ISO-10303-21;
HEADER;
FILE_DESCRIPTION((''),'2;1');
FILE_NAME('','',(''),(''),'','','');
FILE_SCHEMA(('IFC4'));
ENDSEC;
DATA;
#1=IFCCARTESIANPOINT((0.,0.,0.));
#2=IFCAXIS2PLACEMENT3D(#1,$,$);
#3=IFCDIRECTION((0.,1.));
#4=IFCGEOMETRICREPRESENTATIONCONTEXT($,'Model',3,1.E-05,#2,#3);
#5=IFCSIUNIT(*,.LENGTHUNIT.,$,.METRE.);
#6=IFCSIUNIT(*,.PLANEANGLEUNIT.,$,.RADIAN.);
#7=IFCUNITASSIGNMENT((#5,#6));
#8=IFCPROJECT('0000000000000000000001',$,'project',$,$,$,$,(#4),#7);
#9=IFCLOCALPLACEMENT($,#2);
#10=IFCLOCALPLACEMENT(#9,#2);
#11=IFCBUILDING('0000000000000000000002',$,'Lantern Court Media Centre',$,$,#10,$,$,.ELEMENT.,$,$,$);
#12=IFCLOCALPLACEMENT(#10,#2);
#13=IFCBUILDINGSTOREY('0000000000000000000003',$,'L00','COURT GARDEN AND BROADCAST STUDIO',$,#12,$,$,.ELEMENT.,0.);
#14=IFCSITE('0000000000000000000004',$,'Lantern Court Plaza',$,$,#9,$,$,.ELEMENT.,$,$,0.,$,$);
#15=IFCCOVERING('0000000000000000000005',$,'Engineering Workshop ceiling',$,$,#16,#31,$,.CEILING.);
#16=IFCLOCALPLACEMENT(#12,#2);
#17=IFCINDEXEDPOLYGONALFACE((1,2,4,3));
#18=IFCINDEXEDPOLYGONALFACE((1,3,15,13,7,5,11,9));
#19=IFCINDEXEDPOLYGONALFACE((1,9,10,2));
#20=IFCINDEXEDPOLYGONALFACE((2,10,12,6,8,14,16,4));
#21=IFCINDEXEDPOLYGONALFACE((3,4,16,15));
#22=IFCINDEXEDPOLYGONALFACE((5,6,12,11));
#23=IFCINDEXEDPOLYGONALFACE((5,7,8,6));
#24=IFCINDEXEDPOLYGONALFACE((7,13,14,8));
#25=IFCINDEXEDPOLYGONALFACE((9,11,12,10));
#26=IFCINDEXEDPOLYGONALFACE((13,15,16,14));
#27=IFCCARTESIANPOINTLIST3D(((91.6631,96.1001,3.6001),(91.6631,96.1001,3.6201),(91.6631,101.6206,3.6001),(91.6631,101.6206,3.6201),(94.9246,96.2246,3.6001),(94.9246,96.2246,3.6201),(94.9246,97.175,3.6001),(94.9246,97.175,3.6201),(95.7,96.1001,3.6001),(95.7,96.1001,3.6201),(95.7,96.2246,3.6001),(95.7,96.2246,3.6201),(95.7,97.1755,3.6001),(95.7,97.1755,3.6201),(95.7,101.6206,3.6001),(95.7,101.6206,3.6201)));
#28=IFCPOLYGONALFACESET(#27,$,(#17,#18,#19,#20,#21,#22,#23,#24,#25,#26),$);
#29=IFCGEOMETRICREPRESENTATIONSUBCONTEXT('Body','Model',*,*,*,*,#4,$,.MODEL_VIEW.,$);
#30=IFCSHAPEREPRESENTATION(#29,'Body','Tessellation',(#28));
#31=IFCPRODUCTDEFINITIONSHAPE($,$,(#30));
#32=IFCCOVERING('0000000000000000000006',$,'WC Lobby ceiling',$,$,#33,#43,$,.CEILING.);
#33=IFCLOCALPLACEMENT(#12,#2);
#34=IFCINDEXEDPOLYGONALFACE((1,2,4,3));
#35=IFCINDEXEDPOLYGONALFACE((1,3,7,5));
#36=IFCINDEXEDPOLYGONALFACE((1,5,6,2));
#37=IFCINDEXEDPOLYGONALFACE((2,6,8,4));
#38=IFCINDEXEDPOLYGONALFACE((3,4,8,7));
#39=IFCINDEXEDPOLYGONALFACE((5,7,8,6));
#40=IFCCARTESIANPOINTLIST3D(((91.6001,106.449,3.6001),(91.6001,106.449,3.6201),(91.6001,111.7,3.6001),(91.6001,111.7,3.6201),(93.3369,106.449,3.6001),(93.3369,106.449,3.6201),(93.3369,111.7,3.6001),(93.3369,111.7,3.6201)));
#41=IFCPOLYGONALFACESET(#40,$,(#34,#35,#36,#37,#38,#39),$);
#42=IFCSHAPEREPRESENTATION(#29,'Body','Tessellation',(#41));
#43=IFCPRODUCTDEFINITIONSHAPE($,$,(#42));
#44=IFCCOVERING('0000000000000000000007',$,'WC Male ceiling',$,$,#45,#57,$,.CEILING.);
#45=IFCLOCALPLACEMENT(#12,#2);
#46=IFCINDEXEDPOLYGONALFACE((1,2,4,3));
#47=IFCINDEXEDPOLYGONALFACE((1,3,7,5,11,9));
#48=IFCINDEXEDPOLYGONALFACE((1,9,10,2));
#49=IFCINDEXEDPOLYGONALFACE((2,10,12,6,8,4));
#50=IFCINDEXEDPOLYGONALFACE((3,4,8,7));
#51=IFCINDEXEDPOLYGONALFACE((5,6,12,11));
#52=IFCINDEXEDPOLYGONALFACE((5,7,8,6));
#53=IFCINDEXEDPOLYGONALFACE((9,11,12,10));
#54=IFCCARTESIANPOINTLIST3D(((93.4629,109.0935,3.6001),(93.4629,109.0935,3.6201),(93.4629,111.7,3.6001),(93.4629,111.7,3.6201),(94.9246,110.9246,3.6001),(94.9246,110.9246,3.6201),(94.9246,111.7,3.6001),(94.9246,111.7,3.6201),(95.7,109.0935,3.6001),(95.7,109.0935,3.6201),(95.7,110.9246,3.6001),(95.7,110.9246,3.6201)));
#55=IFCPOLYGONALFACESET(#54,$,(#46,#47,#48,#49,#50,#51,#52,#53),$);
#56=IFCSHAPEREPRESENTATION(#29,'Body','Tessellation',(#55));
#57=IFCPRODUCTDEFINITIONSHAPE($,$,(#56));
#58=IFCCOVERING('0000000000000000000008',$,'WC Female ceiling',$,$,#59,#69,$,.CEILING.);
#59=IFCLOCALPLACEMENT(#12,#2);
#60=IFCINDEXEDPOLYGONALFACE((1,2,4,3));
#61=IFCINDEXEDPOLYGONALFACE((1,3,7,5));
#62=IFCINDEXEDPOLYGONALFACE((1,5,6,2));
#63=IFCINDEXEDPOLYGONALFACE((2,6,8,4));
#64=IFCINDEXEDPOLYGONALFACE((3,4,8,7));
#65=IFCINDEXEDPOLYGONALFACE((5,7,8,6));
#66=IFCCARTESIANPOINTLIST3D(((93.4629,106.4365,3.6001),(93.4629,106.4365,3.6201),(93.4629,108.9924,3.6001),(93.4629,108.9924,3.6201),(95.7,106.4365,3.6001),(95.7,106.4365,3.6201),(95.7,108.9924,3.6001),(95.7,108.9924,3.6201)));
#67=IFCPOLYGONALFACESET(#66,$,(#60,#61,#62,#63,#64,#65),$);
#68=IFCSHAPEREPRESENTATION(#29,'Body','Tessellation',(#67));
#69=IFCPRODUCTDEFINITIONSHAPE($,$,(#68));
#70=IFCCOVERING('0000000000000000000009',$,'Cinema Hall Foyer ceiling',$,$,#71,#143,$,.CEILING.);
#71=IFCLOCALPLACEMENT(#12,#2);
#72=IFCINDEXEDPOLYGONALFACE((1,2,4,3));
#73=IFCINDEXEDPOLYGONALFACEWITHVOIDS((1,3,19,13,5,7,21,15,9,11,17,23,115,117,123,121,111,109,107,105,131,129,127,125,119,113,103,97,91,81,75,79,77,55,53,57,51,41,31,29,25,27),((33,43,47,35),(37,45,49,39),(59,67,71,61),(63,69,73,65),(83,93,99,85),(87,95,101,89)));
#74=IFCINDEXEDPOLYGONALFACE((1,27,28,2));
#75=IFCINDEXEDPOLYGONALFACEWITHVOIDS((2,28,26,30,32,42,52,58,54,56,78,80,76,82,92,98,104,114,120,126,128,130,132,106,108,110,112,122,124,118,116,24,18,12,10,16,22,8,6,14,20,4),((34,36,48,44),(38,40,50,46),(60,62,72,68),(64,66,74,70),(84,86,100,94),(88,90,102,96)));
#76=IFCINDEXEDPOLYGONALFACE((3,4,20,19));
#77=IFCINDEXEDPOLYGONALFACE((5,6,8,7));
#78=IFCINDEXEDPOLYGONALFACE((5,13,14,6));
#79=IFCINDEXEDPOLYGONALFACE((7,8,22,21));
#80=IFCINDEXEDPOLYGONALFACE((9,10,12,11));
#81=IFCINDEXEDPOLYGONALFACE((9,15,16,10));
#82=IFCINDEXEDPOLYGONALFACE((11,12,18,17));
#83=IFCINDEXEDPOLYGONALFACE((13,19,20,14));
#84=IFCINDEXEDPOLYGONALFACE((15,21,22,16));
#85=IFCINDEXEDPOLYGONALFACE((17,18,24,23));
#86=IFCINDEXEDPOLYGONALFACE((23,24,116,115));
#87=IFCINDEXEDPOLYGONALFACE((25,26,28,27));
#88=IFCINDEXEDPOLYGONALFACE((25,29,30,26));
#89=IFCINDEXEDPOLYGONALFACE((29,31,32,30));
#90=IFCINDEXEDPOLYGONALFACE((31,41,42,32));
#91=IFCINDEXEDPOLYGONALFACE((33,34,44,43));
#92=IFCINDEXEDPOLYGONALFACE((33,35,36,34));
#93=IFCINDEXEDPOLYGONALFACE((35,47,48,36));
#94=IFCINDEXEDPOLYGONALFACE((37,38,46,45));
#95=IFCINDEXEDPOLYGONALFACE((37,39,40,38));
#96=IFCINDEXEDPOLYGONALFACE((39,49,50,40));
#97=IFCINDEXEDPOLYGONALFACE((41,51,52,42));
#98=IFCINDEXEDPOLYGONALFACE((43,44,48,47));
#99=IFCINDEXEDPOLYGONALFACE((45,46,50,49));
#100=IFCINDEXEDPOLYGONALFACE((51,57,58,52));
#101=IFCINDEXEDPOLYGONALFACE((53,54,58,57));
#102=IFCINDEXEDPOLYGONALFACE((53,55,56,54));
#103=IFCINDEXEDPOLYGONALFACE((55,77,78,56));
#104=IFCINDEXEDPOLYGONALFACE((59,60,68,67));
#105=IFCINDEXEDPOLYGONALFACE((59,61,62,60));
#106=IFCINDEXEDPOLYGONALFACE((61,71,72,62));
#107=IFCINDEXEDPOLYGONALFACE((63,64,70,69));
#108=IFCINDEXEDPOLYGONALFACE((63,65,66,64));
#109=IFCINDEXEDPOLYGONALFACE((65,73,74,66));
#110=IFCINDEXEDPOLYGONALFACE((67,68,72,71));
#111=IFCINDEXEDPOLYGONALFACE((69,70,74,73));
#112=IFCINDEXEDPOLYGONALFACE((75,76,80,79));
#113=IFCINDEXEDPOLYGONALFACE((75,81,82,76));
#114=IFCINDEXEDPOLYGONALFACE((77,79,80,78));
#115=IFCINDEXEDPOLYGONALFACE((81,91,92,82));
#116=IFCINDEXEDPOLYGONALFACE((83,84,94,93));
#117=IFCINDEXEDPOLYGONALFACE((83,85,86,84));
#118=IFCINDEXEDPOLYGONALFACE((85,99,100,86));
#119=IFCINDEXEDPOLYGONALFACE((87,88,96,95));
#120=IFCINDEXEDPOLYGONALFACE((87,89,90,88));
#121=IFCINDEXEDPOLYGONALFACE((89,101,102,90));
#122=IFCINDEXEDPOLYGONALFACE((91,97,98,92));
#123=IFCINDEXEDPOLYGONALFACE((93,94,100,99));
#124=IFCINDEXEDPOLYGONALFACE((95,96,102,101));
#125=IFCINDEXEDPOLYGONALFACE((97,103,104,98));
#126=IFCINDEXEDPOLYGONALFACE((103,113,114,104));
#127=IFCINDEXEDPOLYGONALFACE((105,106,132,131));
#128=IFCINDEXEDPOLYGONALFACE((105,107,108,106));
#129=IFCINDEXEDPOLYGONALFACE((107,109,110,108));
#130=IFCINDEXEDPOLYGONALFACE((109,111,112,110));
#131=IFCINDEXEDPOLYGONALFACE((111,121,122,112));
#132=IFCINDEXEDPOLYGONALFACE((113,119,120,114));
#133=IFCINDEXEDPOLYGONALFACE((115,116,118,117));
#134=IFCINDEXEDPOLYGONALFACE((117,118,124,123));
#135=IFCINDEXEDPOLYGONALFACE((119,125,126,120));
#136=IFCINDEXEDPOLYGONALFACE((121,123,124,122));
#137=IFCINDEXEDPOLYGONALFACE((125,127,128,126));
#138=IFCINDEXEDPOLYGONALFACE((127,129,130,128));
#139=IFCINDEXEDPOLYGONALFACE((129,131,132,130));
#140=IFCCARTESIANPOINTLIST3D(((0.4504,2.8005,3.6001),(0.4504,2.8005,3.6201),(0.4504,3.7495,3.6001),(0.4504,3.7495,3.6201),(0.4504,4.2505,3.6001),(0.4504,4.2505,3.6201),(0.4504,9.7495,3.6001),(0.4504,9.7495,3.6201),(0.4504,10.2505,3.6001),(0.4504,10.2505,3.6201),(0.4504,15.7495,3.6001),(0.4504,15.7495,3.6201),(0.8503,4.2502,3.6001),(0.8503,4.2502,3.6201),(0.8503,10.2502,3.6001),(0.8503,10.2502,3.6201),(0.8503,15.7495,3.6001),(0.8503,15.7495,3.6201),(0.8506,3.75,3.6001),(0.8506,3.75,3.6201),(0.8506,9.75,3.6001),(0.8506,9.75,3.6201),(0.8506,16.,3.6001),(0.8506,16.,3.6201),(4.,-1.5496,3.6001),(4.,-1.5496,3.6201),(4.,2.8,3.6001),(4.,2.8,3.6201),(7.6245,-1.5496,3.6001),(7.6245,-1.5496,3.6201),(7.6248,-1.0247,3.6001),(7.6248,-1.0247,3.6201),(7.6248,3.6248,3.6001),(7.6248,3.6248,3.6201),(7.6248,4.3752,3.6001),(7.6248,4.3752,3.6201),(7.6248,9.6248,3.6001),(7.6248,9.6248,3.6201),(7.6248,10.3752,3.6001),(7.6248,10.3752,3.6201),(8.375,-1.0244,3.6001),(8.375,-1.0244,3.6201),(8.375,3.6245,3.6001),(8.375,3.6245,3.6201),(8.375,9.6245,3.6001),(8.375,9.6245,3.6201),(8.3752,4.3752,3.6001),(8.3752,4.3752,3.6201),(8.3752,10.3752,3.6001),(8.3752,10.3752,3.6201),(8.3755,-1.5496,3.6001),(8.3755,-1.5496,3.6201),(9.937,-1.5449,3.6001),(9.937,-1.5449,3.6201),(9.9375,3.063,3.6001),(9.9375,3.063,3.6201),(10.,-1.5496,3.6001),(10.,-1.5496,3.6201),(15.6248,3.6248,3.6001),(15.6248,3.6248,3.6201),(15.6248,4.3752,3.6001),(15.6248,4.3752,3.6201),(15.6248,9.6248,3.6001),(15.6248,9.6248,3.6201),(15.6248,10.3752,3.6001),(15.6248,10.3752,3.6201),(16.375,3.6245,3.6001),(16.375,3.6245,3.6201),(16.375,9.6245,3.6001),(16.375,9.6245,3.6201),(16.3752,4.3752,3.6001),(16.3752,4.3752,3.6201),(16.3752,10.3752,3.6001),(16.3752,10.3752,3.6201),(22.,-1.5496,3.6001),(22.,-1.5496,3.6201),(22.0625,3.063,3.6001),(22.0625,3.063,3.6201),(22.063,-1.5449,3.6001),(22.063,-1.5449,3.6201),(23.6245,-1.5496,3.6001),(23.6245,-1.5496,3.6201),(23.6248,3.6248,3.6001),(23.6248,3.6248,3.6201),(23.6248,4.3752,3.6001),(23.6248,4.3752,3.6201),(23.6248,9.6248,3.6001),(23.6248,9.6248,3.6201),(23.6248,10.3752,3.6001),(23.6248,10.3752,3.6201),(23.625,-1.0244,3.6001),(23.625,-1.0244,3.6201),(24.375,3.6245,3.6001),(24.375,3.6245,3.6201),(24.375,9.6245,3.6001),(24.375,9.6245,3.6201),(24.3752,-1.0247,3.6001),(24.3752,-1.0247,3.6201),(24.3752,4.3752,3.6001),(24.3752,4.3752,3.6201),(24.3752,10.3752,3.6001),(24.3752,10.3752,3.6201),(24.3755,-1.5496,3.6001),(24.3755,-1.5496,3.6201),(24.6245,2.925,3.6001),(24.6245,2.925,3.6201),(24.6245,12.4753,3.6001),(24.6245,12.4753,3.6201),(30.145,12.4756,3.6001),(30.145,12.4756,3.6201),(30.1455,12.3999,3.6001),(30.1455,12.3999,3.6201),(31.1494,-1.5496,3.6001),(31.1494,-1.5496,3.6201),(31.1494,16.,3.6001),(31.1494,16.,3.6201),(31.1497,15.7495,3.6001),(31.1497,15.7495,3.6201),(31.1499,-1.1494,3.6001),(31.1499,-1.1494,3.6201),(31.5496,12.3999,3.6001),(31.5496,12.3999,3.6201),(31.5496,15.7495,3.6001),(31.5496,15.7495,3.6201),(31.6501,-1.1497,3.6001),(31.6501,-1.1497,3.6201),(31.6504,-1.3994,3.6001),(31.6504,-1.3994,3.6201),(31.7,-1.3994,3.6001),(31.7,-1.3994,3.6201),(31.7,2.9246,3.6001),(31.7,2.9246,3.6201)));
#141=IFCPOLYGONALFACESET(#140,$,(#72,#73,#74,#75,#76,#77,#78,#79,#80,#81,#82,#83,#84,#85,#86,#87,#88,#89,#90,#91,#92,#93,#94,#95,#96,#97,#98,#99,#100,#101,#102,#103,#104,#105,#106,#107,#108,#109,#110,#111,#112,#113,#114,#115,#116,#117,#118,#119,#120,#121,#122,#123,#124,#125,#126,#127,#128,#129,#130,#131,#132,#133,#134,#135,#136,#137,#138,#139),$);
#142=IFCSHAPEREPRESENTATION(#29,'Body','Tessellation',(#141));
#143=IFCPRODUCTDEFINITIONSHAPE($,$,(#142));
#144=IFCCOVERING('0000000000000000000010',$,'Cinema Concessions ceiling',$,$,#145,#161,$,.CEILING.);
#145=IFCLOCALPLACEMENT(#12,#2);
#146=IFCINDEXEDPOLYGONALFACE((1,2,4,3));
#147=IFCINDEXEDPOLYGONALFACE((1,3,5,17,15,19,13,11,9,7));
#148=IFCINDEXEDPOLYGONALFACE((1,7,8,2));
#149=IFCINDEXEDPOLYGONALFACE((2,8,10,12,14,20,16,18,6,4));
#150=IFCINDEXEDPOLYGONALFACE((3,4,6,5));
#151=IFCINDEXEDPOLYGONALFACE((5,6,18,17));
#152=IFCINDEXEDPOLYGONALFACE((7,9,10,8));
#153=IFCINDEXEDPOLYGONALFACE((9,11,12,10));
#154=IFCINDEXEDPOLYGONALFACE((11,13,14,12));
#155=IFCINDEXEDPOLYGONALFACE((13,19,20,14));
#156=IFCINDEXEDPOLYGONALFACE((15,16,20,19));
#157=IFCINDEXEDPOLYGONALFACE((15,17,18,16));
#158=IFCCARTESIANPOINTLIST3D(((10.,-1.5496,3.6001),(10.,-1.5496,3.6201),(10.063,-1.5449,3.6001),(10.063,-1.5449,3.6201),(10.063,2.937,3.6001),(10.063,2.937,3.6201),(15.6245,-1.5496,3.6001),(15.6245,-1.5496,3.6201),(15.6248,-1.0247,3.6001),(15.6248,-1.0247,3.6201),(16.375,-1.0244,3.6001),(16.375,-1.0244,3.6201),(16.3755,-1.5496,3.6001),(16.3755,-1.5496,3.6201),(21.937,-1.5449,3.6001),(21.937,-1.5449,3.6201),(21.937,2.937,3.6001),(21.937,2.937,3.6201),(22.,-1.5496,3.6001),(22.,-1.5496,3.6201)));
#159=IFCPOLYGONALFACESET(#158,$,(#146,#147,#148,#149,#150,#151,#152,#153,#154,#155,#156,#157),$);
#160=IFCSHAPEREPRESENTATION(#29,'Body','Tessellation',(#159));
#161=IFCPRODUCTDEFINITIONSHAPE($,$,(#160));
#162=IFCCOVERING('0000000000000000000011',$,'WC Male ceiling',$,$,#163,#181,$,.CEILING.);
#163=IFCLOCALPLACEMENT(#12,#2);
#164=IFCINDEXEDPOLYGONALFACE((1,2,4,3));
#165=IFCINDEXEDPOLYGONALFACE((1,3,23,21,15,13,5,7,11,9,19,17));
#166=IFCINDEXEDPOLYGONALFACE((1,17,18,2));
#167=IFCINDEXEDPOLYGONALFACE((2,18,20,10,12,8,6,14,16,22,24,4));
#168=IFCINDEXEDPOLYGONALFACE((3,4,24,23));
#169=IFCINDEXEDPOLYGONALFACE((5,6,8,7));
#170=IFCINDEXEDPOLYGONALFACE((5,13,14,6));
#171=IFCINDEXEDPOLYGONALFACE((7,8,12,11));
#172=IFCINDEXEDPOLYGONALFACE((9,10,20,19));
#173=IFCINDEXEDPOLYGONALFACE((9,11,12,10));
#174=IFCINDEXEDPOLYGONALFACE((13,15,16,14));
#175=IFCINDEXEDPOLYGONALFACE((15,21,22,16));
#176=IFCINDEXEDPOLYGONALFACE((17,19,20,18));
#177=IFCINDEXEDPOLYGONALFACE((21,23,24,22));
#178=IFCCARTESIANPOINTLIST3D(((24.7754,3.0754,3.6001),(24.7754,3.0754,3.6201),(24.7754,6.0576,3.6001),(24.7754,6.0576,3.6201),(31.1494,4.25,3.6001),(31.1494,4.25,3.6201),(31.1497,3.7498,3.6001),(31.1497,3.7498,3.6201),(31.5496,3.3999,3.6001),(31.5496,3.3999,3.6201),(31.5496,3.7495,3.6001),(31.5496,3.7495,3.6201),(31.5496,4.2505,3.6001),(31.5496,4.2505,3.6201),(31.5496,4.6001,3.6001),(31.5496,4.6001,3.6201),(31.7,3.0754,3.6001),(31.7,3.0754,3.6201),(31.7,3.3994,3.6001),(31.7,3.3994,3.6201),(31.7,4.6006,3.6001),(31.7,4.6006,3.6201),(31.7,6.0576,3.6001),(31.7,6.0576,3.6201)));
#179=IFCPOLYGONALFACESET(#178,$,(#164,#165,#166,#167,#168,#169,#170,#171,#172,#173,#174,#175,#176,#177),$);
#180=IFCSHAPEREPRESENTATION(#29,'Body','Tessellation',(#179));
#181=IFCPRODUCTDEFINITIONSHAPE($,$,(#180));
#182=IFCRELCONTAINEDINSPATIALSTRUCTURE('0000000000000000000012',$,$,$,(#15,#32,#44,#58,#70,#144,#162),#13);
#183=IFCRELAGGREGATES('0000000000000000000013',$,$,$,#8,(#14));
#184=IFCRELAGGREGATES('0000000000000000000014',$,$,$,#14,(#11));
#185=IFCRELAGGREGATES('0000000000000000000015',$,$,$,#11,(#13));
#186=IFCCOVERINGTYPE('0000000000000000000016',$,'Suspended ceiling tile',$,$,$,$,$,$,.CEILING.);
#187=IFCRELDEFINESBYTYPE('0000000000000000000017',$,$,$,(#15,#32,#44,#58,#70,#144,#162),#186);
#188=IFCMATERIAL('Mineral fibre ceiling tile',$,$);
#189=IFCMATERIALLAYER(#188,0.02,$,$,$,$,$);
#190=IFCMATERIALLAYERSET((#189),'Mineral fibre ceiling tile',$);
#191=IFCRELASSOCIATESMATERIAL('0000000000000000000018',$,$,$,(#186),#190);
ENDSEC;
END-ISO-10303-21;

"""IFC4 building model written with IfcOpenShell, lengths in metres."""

from ifc_helpers import new_model, si_unit, direction, frame, origin, place, context, subcontext, project, spatial, polyline, outline, extrude, material, layer, layer_set, type_object, element, save


model = new_model("IFC4")

# Units and contexts
model_context = context("Model", 3, precision=1e-05, world=origin(), true_north=direction((0.0, 1.0)))
body_context = subcontext(model_context, "Body", "Model", "MODEL_VIEW")
ifc_project = project(units=[si_unit("LENGTHUNIT", "METRE"), si_unit("PLANEANGLEUNIT", "RADIAN")], contexts=[model_context])

# Site, building, storey
site_placement = place(None, origin())
site = spatial("IfcSite", under=ifc_project, at=site_placement, Name="Lantern Court Plaza", CompositionType="ELEMENT", RefElevation=0.0)
building_placement = place(site_placement, origin())
building = spatial("IfcBuilding", under=site, at=building_placement, Name="Lantern Court Media Centre", CompositionType="ELEMENT")
storey_placement = place(building_placement, origin())
storey = spatial("IfcBuildingStorey", under=building, at=storey_placement, Name="L00", Description="COURT GARDEN AND BROADCAST STUDIO", CompositionType="ELEMENT", Elevation=0.0)

# Coverings
ifc_material_1 = material(Name="Mineral fibre ceiling tile")
ifc_layer_1 = layer(ifc_material_1, 0.02)
ifc_layer_set_1 = layer_set([ifc_layer_1], Name="Mineral fibre ceiling tile")
covering_type_1 = type_object("IfcCoveringType", Name="Suspended ceiling tile", PredefinedType="CEILING", material=ifc_layer_set_1)
covering_1_placement = place(storey_placement, frame((0.0, 0.0, 3.6001)))
element("IfcCovering", 1, at=covering_1_placement, inside=storey, type_object=covering_type_1, Name="Engineering Workshop ceiling", PredefinedType="CEILING", context=body_context, shape_type="SweptSolid", body=[
    extrude(outline(polyline([(95.7, 96.1001), (91.6631, 96.1001), (91.6631, 101.6206), (95.7, 101.6206), (95.7, 97.1755), (94.9246, 97.175), (94.9246, 96.2246), (95.7, 96.2246), (95.7, 96.1001)])), origin(), (0.0, 0.0, 1.0), 0.02),
])
covering_2_placement = place(storey_placement, frame((0.0, 0.0, 3.6001)))
element("IfcCovering", 2, at=covering_2_placement, inside=storey, type_object=covering_type_1, Name="WC Lobby ceiling", PredefinedType="CEILING", context=body_context, shape_type="SweptSolid", body=[
    extrude(outline(polyline([(91.6001, 111.7), (93.3369, 111.7), (93.3369, 106.449), (91.6001, 106.449), (91.6001, 111.7)])), origin(), (0.0, 0.0, 1.0), 0.02),
])
covering_3_placement = place(storey_placement, frame((0.0, 0.0, 3.6001)))
element("IfcCovering", 3, at=covering_3_placement, inside=storey, type_object=covering_type_1, Name="WC Male ceiling", PredefinedType="CEILING", context=body_context, shape_type="SweptSolid", body=[
    extrude(outline(polyline([(95.7, 109.0935), (93.4629, 109.0935), (93.4629, 111.7), (94.9246, 111.7), (94.9246, 110.9246), (95.7, 110.9246), (95.7, 109.0935)])), origin(), (0.0, 0.0, 1.0), 0.02),
])
covering_4_placement = place(storey_placement, frame((0.0, 0.0, 3.6001)))
element("IfcCovering", 4, at=covering_4_placement, inside=storey, type_object=covering_type_1, Name="WC Female ceiling", PredefinedType="CEILING", context=body_context, shape_type="SweptSolid", body=[
    extrude(outline(polyline([(95.7, 106.4365), (93.4629, 106.4365), (93.4629, 108.9924), (95.7, 108.9924), (95.7, 106.4365)])), origin(), (0.0, 0.0, 1.0), 0.02),
])
covering_5_placement = place(storey_placement, frame((0.0, 0.0, 3.6001)))
element("IfcCovering", 5, at=covering_5_placement, inside=storey, type_object=covering_type_1, Name="Cinema Hall Foyer ceiling", PredefinedType="CEILING", context=body_context, shape_type="SweptSolid", body=[
    extrude(outline(polyline([(31.1494, 16.0), (31.1497, 15.7495), (31.5496, 15.7495), (31.5496, 12.3999), (30.1455, 12.3999), (30.145, 12.4756), (24.6245, 12.4753), (24.6245, 2.925), (31.7, 2.9246), (31.7, -1.3994), (31.6504, -1.3994), (31.6501, -1.1497), (31.1499, -1.1494), (31.1494, -1.5496), (24.3755, -1.5496), (24.3752, -1.0247), (23.625, -1.0244), (23.6245, -1.5496), (22.0, -1.5496), (22.063, -1.5449), (22.0625, 3.063), (9.9375, 3.063), (9.937, -1.5449), (10.0, -1.5496), (8.3755, -1.5496), (8.375, -1.0244), (7.6248, -1.0247), (7.6245, -1.5496), (4.0, -1.5496), (4.0, 2.8), (0.4504, 2.8005), (0.4504, 3.7495), (0.8506, 3.75), (0.8503, 4.2502), (0.4504, 4.2505), (0.4504, 9.7495), (0.8506, 9.75), (0.8503, 10.2502), (0.4504, 10.2505), (0.4504, 15.7495), (0.8503, 15.7495), (0.8506, 16.0), (31.1494, 16.0)]), holes=[polyline([(24.375, 9.6245), (24.3752, 10.3752), (23.6248, 10.3752), (23.6248, 9.6248), (24.375, 9.6245)]), polyline([(24.375, 3.6245), (24.3752, 4.3752), (23.6248, 4.3752), (23.6248, 3.6248), (24.375, 3.6245)]), polyline([(16.375, 9.6245), (16.3752, 10.3752), (15.6248, 10.3752), (15.6248, 9.6248), (16.375, 9.6245)]), polyline([(16.375, 3.6245), (16.3752, 4.3752), (15.6248, 4.3752), (15.6248, 3.6248), (16.375, 3.6245)]), polyline([(8.375, 3.6245), (8.3752, 4.3752), (7.6248, 4.3752), (7.6248, 3.6248), (8.375, 3.6245)]), polyline([(8.375, 9.6245), (8.3752, 10.3752), (7.6248, 10.3752), (7.6248, 9.6248), (8.375, 9.6245)])]), origin(), (0.0, 0.0, 1.0), 0.02),
])
covering_6_placement = place(storey_placement, frame((0.0, 0.0, 3.6001)))
element("IfcCovering", 6, at=covering_6_placement, inside=storey, type_object=covering_type_1, Name="Cinema Concessions ceiling", PredefinedType="CEILING", context=body_context, shape_type="SweptSolid", body=[
    extrude(outline(polyline([(22.0, -1.5496), (16.3755, -1.5496), (16.375, -1.0244), (15.6248, -1.0247), (15.6245, -1.5496), (10.0, -1.5496), (10.063, -1.5449), (10.063, 2.937), (21.937, 2.937), (21.937, -1.5449), (22.0, -1.5496)])), origin(), (0.0, 0.0, 1.0), 0.02),
])
covering_7_placement = place(storey_placement, frame((0.0, 0.0, 3.6001)))
element("IfcCovering", 7, at=covering_7_placement, inside=storey, type_object=covering_type_1, Name="WC Male ceiling", PredefinedType="CEILING", context=body_context, shape_type="SweptSolid", body=[
    extrude(outline(polyline([(31.7, 3.0754), (24.7754, 3.0754), (24.7754, 6.0576), (31.7, 6.0576), (31.7, 4.6006), (31.5496, 4.6001), (31.5496, 4.2505), (31.1494, 4.25), (31.1497, 3.7498), (31.5496, 3.7495), (31.5496, 3.3999), (31.7, 3.3994), (31.7, 3.0754)])), origin(), (0.0, 0.0, 1.0), 0.02),
])

save(model, "model.ifc")
